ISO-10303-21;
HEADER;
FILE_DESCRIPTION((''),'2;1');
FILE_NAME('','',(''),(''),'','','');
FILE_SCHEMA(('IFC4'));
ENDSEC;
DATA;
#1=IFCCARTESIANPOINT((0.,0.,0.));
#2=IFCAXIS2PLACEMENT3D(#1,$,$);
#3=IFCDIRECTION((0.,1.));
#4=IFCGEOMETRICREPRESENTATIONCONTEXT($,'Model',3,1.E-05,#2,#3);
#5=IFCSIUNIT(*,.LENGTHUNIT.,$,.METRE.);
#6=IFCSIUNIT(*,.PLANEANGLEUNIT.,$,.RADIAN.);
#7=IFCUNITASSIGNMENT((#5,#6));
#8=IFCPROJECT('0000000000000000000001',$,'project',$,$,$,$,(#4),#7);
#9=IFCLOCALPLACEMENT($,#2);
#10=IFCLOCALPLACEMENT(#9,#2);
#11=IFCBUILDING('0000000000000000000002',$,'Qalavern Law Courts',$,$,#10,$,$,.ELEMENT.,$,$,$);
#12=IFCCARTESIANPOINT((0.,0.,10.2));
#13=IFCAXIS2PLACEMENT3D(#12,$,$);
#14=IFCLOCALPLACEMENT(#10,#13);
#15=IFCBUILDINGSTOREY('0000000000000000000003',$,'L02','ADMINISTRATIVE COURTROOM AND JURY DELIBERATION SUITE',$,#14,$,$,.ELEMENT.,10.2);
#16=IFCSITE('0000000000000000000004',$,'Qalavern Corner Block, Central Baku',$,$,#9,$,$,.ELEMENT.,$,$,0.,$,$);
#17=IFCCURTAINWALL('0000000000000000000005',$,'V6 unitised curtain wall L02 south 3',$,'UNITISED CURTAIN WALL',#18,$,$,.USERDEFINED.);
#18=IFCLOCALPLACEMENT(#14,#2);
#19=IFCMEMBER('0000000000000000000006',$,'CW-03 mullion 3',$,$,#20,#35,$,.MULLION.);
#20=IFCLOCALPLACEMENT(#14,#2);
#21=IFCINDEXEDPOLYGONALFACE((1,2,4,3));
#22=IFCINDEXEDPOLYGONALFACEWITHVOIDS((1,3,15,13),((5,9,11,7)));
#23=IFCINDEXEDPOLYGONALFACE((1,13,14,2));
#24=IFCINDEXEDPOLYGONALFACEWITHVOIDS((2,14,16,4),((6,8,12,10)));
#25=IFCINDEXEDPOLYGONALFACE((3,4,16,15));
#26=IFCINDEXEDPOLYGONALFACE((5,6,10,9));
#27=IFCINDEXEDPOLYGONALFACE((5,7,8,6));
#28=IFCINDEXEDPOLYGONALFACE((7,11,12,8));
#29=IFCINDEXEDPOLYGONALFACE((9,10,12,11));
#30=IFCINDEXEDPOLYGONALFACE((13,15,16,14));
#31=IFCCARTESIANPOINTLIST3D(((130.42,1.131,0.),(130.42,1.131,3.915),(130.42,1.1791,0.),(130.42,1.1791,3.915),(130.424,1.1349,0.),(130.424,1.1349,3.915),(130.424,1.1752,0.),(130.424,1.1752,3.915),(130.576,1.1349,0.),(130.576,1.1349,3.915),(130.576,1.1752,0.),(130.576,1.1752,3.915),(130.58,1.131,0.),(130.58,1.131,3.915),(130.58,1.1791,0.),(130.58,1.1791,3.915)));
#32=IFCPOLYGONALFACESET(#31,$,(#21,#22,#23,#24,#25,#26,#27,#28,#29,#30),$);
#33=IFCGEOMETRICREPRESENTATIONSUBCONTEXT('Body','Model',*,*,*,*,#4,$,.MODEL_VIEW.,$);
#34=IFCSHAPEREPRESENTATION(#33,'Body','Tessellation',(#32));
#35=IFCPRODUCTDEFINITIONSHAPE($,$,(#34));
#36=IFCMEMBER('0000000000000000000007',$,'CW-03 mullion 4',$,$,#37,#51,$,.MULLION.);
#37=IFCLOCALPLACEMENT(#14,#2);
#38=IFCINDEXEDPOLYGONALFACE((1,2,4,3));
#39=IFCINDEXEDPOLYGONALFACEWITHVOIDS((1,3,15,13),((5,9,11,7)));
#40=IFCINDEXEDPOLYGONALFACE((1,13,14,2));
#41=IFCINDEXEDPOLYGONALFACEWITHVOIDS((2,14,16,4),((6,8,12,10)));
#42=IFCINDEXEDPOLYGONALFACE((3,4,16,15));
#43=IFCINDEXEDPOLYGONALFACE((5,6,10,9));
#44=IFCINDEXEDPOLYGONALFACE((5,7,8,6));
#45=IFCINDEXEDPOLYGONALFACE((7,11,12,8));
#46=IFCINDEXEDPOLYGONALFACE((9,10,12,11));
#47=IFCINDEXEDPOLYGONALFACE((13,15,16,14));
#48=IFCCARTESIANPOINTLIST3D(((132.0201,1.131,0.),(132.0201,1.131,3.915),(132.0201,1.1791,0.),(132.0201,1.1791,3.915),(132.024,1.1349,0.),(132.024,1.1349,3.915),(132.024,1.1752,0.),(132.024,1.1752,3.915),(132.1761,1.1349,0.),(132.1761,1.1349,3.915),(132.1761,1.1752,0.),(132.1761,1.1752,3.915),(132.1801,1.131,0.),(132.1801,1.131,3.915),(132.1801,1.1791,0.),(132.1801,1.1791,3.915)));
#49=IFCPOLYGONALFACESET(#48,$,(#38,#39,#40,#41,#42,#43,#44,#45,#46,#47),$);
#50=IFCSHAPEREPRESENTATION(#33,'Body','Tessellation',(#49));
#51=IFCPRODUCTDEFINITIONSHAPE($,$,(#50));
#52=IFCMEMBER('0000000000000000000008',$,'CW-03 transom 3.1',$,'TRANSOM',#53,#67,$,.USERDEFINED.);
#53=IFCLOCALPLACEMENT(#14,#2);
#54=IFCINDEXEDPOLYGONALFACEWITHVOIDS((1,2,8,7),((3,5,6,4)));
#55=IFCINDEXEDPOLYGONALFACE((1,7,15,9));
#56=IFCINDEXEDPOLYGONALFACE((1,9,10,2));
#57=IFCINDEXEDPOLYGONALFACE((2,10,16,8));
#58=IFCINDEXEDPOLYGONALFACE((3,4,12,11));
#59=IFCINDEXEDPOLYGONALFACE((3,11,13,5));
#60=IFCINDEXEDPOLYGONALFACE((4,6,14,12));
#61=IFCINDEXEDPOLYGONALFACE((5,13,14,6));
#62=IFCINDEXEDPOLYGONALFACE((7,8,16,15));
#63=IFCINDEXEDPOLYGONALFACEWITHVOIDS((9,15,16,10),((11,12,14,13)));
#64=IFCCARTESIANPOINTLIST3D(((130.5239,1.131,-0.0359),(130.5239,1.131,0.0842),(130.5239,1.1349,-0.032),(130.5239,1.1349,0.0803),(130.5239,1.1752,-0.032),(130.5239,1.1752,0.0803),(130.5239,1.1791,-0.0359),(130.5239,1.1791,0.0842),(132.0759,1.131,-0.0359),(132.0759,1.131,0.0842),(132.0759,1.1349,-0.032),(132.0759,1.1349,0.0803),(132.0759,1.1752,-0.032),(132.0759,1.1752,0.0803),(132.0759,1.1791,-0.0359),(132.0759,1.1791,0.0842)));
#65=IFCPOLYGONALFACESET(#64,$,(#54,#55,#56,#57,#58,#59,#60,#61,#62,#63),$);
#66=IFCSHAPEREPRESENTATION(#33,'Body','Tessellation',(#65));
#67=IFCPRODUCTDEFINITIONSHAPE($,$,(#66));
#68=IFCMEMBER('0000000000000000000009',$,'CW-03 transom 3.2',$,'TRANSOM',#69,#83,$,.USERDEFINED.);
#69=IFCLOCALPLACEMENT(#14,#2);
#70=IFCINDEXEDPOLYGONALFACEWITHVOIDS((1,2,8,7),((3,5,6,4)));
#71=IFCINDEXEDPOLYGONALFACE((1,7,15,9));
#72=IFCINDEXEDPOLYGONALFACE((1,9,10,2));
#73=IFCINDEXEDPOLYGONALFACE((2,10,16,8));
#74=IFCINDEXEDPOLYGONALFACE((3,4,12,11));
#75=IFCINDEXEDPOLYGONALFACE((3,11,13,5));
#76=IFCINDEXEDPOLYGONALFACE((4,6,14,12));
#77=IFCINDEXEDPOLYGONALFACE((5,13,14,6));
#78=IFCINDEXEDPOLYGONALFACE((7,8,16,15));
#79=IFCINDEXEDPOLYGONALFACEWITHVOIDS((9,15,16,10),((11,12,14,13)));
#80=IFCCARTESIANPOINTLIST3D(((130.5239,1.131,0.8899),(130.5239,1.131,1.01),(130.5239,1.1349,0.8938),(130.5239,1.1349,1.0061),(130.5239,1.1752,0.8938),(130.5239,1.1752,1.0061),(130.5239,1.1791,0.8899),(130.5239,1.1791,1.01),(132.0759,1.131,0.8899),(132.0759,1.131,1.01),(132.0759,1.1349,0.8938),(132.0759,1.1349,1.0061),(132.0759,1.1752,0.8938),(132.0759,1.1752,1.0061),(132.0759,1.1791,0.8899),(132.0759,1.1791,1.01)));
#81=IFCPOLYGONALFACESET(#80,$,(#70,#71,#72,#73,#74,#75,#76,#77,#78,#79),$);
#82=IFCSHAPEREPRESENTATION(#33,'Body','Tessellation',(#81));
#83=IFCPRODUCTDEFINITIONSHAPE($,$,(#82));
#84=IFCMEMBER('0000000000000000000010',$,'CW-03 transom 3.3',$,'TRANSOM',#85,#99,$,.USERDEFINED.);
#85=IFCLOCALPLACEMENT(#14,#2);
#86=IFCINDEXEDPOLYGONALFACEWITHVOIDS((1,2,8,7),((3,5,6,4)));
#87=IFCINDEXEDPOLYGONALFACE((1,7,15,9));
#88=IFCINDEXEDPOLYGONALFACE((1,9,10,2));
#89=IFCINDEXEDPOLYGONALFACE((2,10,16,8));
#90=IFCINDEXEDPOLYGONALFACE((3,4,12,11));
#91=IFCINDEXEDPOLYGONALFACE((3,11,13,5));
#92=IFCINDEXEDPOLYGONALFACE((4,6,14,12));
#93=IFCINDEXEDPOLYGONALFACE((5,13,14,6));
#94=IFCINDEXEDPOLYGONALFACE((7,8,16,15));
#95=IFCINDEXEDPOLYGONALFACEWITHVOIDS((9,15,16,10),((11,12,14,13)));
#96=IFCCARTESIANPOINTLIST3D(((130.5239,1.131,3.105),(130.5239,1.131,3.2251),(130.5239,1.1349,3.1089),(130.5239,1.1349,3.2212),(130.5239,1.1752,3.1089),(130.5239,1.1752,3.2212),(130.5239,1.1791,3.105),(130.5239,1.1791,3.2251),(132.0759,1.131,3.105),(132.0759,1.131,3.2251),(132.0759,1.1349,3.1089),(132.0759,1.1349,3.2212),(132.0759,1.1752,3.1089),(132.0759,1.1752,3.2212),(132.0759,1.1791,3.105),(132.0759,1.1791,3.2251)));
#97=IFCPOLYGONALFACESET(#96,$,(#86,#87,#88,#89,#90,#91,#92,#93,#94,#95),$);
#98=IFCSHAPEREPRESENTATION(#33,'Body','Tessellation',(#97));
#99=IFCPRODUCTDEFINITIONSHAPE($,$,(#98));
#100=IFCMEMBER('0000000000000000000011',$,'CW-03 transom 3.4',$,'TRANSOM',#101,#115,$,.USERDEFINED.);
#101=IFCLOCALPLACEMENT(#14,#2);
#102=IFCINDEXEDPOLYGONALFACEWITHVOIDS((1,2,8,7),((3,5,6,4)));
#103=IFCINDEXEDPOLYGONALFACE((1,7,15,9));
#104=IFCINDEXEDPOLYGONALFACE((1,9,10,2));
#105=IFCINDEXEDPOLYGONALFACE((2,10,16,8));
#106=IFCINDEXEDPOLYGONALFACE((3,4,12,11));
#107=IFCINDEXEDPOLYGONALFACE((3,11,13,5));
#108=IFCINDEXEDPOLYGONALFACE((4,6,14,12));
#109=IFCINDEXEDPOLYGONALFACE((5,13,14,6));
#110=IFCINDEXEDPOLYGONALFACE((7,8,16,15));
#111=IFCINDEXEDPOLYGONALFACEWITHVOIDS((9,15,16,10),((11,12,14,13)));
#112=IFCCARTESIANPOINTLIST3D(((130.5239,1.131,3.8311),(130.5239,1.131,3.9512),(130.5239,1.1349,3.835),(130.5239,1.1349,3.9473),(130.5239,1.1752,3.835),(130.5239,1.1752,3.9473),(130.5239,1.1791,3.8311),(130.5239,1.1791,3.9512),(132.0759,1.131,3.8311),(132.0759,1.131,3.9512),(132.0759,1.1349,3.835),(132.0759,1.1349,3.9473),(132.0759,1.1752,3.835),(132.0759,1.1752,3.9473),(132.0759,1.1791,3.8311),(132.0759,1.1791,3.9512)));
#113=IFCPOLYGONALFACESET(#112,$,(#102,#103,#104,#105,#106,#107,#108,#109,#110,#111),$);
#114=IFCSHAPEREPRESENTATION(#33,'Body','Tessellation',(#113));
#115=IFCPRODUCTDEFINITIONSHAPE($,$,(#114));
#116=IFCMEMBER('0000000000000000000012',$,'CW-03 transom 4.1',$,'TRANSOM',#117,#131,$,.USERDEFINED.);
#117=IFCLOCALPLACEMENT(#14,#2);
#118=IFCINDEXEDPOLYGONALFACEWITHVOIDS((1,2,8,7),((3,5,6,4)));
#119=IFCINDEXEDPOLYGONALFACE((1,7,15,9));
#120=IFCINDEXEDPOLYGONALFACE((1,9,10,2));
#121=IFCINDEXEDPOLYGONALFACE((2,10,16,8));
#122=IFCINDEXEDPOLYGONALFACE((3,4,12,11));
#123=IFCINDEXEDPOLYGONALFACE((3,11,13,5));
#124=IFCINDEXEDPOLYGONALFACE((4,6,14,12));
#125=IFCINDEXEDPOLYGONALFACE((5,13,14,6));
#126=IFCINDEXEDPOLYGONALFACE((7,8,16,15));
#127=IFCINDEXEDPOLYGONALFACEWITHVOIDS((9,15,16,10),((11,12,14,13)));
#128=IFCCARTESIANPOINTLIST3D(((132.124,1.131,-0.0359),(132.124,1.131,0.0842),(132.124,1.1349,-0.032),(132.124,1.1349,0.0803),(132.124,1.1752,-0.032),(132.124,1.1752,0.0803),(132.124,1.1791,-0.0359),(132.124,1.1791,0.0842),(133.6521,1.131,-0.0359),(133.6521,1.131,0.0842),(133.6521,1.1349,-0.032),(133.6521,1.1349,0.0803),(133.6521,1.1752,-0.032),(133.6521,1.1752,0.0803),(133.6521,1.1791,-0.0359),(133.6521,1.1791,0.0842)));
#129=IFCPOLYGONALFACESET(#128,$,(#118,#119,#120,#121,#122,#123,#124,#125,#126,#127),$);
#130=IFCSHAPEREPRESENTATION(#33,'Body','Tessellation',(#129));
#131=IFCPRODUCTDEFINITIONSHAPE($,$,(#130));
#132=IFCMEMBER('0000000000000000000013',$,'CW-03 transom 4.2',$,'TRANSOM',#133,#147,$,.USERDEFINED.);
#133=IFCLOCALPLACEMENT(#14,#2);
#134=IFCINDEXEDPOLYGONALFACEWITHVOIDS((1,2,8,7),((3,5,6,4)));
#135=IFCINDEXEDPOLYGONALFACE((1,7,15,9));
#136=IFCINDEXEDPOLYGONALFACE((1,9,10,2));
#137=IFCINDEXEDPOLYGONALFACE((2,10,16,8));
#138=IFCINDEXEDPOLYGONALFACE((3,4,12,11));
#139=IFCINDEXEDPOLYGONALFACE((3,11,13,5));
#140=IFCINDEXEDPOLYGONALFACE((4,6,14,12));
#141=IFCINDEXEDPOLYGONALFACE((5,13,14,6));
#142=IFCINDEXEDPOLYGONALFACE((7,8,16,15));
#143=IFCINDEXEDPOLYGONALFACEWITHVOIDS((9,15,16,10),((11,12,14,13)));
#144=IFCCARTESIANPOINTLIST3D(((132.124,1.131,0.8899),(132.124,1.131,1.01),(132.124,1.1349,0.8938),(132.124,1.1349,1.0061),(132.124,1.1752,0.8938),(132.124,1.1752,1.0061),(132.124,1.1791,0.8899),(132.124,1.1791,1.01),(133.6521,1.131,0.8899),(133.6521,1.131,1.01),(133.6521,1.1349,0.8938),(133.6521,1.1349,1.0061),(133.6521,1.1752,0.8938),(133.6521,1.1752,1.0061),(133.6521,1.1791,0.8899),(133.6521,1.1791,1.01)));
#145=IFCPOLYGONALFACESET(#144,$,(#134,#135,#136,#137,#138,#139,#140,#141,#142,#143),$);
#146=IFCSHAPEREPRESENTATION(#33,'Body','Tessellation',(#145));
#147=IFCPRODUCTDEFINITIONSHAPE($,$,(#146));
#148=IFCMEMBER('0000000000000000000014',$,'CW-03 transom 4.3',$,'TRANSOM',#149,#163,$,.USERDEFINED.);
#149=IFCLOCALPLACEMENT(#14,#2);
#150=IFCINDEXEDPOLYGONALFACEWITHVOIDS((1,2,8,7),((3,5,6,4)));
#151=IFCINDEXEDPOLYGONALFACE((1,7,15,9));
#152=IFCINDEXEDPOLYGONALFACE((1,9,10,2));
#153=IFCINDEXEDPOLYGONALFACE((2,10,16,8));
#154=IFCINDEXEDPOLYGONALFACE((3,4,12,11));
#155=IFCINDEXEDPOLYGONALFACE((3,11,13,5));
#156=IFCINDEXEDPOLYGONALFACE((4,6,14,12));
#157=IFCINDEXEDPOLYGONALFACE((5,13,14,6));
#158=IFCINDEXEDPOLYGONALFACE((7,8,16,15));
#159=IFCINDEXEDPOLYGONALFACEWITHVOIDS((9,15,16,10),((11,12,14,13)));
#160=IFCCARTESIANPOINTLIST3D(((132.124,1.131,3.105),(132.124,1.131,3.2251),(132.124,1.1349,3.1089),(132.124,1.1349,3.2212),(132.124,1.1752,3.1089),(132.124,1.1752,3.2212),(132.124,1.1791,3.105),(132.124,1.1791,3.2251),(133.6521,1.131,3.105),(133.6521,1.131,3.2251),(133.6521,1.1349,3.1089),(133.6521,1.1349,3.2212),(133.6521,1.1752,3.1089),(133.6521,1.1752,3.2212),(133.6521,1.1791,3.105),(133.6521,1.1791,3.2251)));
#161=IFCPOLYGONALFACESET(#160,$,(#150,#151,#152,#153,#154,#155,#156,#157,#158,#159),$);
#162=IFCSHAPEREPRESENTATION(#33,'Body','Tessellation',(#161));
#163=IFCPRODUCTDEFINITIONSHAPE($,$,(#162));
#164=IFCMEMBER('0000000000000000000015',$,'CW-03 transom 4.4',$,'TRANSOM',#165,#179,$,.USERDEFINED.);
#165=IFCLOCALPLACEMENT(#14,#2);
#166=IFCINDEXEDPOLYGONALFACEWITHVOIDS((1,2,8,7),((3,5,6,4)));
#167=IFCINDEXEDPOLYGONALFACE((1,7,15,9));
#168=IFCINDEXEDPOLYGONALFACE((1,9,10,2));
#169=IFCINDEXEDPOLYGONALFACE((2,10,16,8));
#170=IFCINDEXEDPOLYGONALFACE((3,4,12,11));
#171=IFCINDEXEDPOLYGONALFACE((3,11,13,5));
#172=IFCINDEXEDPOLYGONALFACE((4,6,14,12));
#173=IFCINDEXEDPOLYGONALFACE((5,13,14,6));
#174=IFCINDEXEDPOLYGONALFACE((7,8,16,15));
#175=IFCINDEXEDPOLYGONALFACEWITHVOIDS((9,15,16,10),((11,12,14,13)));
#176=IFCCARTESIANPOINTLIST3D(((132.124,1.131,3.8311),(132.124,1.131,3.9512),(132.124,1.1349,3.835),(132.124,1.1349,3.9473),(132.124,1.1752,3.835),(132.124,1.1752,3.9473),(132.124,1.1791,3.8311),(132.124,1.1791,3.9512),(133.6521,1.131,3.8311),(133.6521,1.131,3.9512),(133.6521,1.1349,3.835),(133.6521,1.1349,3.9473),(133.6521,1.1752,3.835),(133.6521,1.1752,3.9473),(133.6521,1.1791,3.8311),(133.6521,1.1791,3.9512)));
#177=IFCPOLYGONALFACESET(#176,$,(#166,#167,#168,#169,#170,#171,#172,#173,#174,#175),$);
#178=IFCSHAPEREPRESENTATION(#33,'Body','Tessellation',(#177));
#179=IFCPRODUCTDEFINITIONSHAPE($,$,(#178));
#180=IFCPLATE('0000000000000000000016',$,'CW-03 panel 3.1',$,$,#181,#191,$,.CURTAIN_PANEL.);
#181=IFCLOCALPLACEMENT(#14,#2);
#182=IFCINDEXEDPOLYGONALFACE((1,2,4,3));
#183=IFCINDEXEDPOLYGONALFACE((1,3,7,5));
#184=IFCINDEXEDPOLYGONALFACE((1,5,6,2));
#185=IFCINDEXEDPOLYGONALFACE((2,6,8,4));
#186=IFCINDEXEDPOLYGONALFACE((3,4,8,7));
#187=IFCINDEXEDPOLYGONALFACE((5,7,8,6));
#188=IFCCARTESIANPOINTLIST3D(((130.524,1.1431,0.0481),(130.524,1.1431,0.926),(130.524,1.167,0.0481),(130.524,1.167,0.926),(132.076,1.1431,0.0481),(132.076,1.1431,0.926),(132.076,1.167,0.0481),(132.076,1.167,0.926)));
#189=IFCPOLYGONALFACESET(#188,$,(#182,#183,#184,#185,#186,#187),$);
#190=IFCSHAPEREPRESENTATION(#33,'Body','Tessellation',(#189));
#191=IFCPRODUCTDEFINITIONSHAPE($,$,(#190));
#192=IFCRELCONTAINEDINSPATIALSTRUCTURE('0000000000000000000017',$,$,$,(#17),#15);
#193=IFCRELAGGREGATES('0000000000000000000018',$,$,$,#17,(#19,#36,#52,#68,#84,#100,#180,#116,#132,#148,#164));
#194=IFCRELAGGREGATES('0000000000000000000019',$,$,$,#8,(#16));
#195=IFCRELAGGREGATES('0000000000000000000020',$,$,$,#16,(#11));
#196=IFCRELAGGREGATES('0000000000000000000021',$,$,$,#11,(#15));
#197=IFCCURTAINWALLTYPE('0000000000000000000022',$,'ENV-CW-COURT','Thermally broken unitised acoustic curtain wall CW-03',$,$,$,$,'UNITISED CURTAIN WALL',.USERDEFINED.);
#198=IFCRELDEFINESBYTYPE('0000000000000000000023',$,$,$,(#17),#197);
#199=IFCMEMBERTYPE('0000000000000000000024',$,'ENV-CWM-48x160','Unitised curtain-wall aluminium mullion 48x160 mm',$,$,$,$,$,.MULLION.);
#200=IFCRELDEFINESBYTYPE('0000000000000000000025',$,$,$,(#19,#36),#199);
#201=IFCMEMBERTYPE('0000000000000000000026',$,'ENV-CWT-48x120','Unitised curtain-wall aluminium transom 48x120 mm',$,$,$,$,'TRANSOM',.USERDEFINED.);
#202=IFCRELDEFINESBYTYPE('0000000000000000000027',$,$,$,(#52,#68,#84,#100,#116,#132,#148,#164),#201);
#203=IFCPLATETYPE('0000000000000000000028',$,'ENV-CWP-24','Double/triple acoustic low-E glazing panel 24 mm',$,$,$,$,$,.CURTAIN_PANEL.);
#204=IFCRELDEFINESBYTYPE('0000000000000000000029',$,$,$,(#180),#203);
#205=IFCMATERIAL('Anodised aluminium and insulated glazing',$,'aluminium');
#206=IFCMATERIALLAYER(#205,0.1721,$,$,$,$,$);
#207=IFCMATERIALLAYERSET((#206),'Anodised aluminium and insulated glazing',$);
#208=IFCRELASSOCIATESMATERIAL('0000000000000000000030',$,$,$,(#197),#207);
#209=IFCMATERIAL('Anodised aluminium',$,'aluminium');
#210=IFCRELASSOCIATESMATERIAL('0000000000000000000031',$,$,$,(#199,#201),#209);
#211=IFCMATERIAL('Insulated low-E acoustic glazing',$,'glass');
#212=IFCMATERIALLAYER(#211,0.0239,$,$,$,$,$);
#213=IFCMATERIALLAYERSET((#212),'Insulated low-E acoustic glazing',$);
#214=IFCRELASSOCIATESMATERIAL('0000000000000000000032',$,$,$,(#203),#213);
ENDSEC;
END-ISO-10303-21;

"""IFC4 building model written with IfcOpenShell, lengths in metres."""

from ifc_helpers import new_model, si_unit, direction, frame, origin, origin_2d, place, context, subcontext, project, spatial, rectangle, hollow_rectangle, extrude, material, layer, layer_set, material_profile, profile_set, type_object, element, aggregate, save


model = new_model("IFC4")

# Units and contexts
model_context = context("Model", 3, precision=1e-05, world=origin(), true_north=direction((0.0, 1.0)))
body_context = subcontext(model_context, "Body", "Model", "MODEL_VIEW")
ifc_project = project(units=[si_unit("LENGTHUNIT", "METRE"), si_unit("PLANEANGLEUNIT", "RADIAN")], contexts=[model_context])

# Site, building, storey
site_placement = place(None, origin())
site = spatial("IfcSite", under=ifc_project, at=site_placement, Name="Qalavern Corner Block, Central Baku", CompositionType="ELEMENT", RefElevation=0.0)
building_placement = place(site_placement, origin())
building = spatial("IfcBuilding", under=site, at=building_placement, Name="Qalavern Law Courts", CompositionType="ELEMENT")
storey_placement = place(building_placement, frame((0.0, 0.0, 10.2)))
storey = spatial("IfcBuildingStorey", under=building, at=storey_placement, Name="L02", Description="ADMINISTRATIVE COURTROOM AND JURY DELIBERATION SUITE", CompositionType="ELEMENT", Elevation=10.2)

# Curtain wall, members, plate
ifc_material_1 = material(Name="Anodised aluminium and insulated glazing", Category="aluminium")
ifc_layer_1 = layer(ifc_material_1, 0.1721)
ifc_layer_set_1 = layer_set([ifc_layer_1], Name="Anodised aluminium and insulated glazing")
curtain_wall_type = type_object("IfcCurtainWallType", Name="ENV-CW-COURT", Description="Thermally broken unitised acoustic curtain wall CW-03", ElementType="UNITISED CURTAIN WALL", PredefinedType="USERDEFINED", material=ifc_layer_set_1)
curtain_wall_placement = place(storey_placement, origin())
curtain_wall = element("IfcCurtainWall", 1, at=curtain_wall_placement, inside=storey, type_object=curtain_wall_type, Name="V6 unitised curtain wall L02 south 3", ObjectType="UNITISED CURTAIN WALL", PredefinedType="USERDEFINED")
ifc_material_2 = material(Name="Anodised aluminium", Category="aluminium")
ifc_material_profile_1 = material_profile(ifc_material_2, hollow_rectangle(XDim=0.0481, YDim=0.1599, WallThickness=0.0039, at=origin_2d()), Name="ALU MULLION 48x160")
ifc_profile_set_1 = profile_set([ifc_material_profile_1], Name="Anodised aluminium")
member_type_1 = type_object("IfcMemberType", Name="ENV-CWM-48x160", Description="Unitised curtain-wall aluminium mullion 48x160 mm", PredefinedType="MULLION", material=ifc_profile_set_1)
member_1_placement = place(storey_placement, frame((130.5, 1.155, 0.0), z_axis=(0.0, 0.0, 1.0), x_axis=(0.0, 1.0, 0.0)))
member_1 = element("IfcMember", 2, at=member_1_placement, type_object=member_type_1, Name="CW-03 mullion 3", PredefinedType="MULLION", context=body_context, shape_type="SweptSolid", body=[
    extrude(hollow_rectangle(XDim=0.0481, YDim=0.1599, WallThickness=0.0039, at=origin_2d()), origin(), (0.0, 0.0, 1.0), 3.915),
])
member_2_placement = place(storey_placement, frame((132.1001, 1.155, 0.0), z_axis=(0.0, 0.0, 1.0), x_axis=(0.0, 1.0, 0.0)))
member_2 = element("IfcMember", 3, at=member_2_placement, type_object=member_type_1, Name="CW-03 mullion 4", PredefinedType="MULLION", context=body_context, shape_type="SweptSolid", body=[
    extrude(hollow_rectangle(XDim=0.0481, YDim=0.1599, WallThickness=0.0039, at=origin_2d()), origin(), (0.0, 0.0, 1.0), 3.915),
])
ifc_material_profile_2 = material_profile(ifc_material_2, hollow_rectangle(XDim=0.0481, YDim=0.1201, WallThickness=0.0039, at=origin_2d()), Name="ALU TRANSOM 48x120")
ifc_profile_set_2 = profile_set([ifc_material_profile_2], Name="Anodised aluminium")
member_type_2 = type_object("IfcMemberType", Name="ENV-CWT-48x120", Description="Unitised curtain-wall aluminium transom 48x120 mm", ElementType="TRANSOM", PredefinedType="USERDEFINED", material=ifc_profile_set_2)
member_3_placement = place(storey_placement, frame((130.5239, 1.155, 0.0242), z_axis=(1.0, 0.0, 0.0), x_axis=(0.0, 1.0, 0.0)))
member_3 = element("IfcMember", 4, at=member_3_placement, type_object=member_type_2, Name="CW-03 transom 3.1", ObjectType="TRANSOM", PredefinedType="USERDEFINED", context=body_context, shape_type="SweptSolid", body=[
    extrude(hollow_rectangle(XDim=0.0481, YDim=0.1201, WallThickness=0.0039, at=origin_2d()), origin(), (0.0, 0.0, 1.0), 1.552),
])
member_4_placement = place(storey_placement, frame((130.5239, 1.155, 0.95), z_axis=(1.0, 0.0, 0.0), x_axis=(0.0, 1.0, 0.0)))
member_4 = element("IfcMember", 5, at=member_4_placement, type_object=member_type_2, Name="CW-03 transom 3.2", ObjectType="TRANSOM", PredefinedType="USERDEFINED", context=body_context, shape_type="SweptSolid", body=[
    extrude(hollow_rectangle(XDim=0.0481, YDim=0.1201, WallThickness=0.0039, at=origin_2d()), origin(), (0.0, 0.0, 1.0), 1.552),
])
member_5_placement = place(storey_placement, frame((130.5239, 1.155, 3.165), z_axis=(1.0, 0.0, 0.0), x_axis=(0.0, 1.0, 0.0)))
member_5 = element("IfcMember", 6, at=member_5_placement, type_object=member_type_2, Name="CW-03 transom 3.3", ObjectType="TRANSOM", PredefinedType="USERDEFINED", context=body_context, shape_type="SweptSolid", body=[
    extrude(hollow_rectangle(XDim=0.0481, YDim=0.1201, WallThickness=0.0039, at=origin_2d()), origin(), (0.0, 0.0, 1.0), 1.552),
])
member_6_placement = place(storey_placement, frame((130.5239, 1.155, 3.8911), z_axis=(1.0, 0.0, 0.0), x_axis=(0.0, 1.0, 0.0)))
member_6 = element("IfcMember", 7, at=member_6_placement, type_object=member_type_2, Name="CW-03 transom 3.4", ObjectType="TRANSOM", PredefinedType="USERDEFINED", context=body_context, shape_type="SweptSolid", body=[
    extrude(hollow_rectangle(XDim=0.0481, YDim=0.1201, WallThickness=0.0039, at=origin_2d()), origin(), (0.0, 0.0, 1.0), 1.552),
])
member_7_placement = place(storey_placement, frame((132.124, 1.155, 0.0242), z_axis=(1.0, 0.0, 0.0), x_axis=(0.0, 1.0, 0.0)))
member_7 = element("IfcMember", 8, at=member_7_placement, type_object=member_type_2, Name="CW-03 transom 4.1", ObjectType="TRANSOM", PredefinedType="USERDEFINED", context=body_context, shape_type="SweptSolid", body=[
    extrude(hollow_rectangle(XDim=0.0481, YDim=0.1201, WallThickness=0.0039, at=origin_2d()), origin(), (0.0, 0.0, 1.0), 1.5281),
])
member_8_placement = place(storey_placement, frame((132.124, 1.155, 0.95), z_axis=(1.0, 0.0, 0.0), x_axis=(0.0, 1.0, 0.0)))
member_8 = element("IfcMember", 9, at=member_8_placement, type_object=member_type_2, Name="CW-03 transom 4.2", ObjectType="TRANSOM", PredefinedType="USERDEFINED", context=body_context, shape_type="SweptSolid", body=[
    extrude(hollow_rectangle(XDim=0.0481, YDim=0.1201, WallThickness=0.0039, at=origin_2d()), origin(), (0.0, 0.0, 1.0), 1.5281),
])
member_9_placement = place(storey_placement, frame((132.124, 1.155, 3.165), z_axis=(1.0, 0.0, 0.0), x_axis=(0.0, 1.0, 0.0)))
member_9 = element("IfcMember", 10, at=member_9_placement, type_object=member_type_2, Name="CW-03 transom 4.3", ObjectType="TRANSOM", PredefinedType="USERDEFINED", context=body_context, shape_type="SweptSolid", body=[
    extrude(hollow_rectangle(XDim=0.0481, YDim=0.1201, WallThickness=0.0039, at=origin_2d()), origin(), (0.0, 0.0, 1.0), 1.5281),
])
member_10_placement = place(storey_placement, frame((132.124, 1.155, 3.8911), z_axis=(1.0, 0.0, 0.0), x_axis=(0.0, 1.0, 0.0)))
member_10 = element("IfcMember", 11, at=member_10_placement, type_object=member_type_2, Name="CW-03 transom 4.4", ObjectType="TRANSOM", PredefinedType="USERDEFINED", context=body_context, shape_type="SweptSolid", body=[
    extrude(hollow_rectangle(XDim=0.0481, YDim=0.1201, WallThickness=0.0039, at=origin_2d()), origin(), (0.0, 0.0, 1.0), 1.5281),
])
ifc_material_3 = material(Name="Insulated low-E acoustic glazing", Category="glass")
ifc_layer_2 = layer(ifc_material_3, 0.0239)
ifc_layer_set_2 = layer_set([ifc_layer_2], Name="Insulated low-E acoustic glazing")
plate_type = type_object("IfcPlateType", Name="ENV-CWP-24", Description="Double/triple acoustic low-E glazing panel 24 mm", PredefinedType="CURTAIN_PANEL", material=ifc_layer_set_2)
plate_1_placement = place(storey_placement, frame((131.3, 1.155, 0.0481), z_axis=(0.0, 0.0, 1.0), x_axis=(1.0, 0.0, 0.0)))
plate_1 = element("IfcPlate", 12, at=plate_1_placement, type_object=plate_type, Name="CW-03 panel 3.1", PredefinedType="CURTAIN_PANEL", context=body_context, shape_type="SweptSolid", body=[
    extrude(rectangle(XDim=1.552, YDim=0.0239, at=origin_2d()), origin(), (0.0, 0.0, 1.0), 0.8779),
])
aggregate(curtain_wall, [member_1, member_2, member_3, member_4, member_5, member_6, plate_1, member_7, member_8, member_9, member_10])

save(model, "model.ifc")
